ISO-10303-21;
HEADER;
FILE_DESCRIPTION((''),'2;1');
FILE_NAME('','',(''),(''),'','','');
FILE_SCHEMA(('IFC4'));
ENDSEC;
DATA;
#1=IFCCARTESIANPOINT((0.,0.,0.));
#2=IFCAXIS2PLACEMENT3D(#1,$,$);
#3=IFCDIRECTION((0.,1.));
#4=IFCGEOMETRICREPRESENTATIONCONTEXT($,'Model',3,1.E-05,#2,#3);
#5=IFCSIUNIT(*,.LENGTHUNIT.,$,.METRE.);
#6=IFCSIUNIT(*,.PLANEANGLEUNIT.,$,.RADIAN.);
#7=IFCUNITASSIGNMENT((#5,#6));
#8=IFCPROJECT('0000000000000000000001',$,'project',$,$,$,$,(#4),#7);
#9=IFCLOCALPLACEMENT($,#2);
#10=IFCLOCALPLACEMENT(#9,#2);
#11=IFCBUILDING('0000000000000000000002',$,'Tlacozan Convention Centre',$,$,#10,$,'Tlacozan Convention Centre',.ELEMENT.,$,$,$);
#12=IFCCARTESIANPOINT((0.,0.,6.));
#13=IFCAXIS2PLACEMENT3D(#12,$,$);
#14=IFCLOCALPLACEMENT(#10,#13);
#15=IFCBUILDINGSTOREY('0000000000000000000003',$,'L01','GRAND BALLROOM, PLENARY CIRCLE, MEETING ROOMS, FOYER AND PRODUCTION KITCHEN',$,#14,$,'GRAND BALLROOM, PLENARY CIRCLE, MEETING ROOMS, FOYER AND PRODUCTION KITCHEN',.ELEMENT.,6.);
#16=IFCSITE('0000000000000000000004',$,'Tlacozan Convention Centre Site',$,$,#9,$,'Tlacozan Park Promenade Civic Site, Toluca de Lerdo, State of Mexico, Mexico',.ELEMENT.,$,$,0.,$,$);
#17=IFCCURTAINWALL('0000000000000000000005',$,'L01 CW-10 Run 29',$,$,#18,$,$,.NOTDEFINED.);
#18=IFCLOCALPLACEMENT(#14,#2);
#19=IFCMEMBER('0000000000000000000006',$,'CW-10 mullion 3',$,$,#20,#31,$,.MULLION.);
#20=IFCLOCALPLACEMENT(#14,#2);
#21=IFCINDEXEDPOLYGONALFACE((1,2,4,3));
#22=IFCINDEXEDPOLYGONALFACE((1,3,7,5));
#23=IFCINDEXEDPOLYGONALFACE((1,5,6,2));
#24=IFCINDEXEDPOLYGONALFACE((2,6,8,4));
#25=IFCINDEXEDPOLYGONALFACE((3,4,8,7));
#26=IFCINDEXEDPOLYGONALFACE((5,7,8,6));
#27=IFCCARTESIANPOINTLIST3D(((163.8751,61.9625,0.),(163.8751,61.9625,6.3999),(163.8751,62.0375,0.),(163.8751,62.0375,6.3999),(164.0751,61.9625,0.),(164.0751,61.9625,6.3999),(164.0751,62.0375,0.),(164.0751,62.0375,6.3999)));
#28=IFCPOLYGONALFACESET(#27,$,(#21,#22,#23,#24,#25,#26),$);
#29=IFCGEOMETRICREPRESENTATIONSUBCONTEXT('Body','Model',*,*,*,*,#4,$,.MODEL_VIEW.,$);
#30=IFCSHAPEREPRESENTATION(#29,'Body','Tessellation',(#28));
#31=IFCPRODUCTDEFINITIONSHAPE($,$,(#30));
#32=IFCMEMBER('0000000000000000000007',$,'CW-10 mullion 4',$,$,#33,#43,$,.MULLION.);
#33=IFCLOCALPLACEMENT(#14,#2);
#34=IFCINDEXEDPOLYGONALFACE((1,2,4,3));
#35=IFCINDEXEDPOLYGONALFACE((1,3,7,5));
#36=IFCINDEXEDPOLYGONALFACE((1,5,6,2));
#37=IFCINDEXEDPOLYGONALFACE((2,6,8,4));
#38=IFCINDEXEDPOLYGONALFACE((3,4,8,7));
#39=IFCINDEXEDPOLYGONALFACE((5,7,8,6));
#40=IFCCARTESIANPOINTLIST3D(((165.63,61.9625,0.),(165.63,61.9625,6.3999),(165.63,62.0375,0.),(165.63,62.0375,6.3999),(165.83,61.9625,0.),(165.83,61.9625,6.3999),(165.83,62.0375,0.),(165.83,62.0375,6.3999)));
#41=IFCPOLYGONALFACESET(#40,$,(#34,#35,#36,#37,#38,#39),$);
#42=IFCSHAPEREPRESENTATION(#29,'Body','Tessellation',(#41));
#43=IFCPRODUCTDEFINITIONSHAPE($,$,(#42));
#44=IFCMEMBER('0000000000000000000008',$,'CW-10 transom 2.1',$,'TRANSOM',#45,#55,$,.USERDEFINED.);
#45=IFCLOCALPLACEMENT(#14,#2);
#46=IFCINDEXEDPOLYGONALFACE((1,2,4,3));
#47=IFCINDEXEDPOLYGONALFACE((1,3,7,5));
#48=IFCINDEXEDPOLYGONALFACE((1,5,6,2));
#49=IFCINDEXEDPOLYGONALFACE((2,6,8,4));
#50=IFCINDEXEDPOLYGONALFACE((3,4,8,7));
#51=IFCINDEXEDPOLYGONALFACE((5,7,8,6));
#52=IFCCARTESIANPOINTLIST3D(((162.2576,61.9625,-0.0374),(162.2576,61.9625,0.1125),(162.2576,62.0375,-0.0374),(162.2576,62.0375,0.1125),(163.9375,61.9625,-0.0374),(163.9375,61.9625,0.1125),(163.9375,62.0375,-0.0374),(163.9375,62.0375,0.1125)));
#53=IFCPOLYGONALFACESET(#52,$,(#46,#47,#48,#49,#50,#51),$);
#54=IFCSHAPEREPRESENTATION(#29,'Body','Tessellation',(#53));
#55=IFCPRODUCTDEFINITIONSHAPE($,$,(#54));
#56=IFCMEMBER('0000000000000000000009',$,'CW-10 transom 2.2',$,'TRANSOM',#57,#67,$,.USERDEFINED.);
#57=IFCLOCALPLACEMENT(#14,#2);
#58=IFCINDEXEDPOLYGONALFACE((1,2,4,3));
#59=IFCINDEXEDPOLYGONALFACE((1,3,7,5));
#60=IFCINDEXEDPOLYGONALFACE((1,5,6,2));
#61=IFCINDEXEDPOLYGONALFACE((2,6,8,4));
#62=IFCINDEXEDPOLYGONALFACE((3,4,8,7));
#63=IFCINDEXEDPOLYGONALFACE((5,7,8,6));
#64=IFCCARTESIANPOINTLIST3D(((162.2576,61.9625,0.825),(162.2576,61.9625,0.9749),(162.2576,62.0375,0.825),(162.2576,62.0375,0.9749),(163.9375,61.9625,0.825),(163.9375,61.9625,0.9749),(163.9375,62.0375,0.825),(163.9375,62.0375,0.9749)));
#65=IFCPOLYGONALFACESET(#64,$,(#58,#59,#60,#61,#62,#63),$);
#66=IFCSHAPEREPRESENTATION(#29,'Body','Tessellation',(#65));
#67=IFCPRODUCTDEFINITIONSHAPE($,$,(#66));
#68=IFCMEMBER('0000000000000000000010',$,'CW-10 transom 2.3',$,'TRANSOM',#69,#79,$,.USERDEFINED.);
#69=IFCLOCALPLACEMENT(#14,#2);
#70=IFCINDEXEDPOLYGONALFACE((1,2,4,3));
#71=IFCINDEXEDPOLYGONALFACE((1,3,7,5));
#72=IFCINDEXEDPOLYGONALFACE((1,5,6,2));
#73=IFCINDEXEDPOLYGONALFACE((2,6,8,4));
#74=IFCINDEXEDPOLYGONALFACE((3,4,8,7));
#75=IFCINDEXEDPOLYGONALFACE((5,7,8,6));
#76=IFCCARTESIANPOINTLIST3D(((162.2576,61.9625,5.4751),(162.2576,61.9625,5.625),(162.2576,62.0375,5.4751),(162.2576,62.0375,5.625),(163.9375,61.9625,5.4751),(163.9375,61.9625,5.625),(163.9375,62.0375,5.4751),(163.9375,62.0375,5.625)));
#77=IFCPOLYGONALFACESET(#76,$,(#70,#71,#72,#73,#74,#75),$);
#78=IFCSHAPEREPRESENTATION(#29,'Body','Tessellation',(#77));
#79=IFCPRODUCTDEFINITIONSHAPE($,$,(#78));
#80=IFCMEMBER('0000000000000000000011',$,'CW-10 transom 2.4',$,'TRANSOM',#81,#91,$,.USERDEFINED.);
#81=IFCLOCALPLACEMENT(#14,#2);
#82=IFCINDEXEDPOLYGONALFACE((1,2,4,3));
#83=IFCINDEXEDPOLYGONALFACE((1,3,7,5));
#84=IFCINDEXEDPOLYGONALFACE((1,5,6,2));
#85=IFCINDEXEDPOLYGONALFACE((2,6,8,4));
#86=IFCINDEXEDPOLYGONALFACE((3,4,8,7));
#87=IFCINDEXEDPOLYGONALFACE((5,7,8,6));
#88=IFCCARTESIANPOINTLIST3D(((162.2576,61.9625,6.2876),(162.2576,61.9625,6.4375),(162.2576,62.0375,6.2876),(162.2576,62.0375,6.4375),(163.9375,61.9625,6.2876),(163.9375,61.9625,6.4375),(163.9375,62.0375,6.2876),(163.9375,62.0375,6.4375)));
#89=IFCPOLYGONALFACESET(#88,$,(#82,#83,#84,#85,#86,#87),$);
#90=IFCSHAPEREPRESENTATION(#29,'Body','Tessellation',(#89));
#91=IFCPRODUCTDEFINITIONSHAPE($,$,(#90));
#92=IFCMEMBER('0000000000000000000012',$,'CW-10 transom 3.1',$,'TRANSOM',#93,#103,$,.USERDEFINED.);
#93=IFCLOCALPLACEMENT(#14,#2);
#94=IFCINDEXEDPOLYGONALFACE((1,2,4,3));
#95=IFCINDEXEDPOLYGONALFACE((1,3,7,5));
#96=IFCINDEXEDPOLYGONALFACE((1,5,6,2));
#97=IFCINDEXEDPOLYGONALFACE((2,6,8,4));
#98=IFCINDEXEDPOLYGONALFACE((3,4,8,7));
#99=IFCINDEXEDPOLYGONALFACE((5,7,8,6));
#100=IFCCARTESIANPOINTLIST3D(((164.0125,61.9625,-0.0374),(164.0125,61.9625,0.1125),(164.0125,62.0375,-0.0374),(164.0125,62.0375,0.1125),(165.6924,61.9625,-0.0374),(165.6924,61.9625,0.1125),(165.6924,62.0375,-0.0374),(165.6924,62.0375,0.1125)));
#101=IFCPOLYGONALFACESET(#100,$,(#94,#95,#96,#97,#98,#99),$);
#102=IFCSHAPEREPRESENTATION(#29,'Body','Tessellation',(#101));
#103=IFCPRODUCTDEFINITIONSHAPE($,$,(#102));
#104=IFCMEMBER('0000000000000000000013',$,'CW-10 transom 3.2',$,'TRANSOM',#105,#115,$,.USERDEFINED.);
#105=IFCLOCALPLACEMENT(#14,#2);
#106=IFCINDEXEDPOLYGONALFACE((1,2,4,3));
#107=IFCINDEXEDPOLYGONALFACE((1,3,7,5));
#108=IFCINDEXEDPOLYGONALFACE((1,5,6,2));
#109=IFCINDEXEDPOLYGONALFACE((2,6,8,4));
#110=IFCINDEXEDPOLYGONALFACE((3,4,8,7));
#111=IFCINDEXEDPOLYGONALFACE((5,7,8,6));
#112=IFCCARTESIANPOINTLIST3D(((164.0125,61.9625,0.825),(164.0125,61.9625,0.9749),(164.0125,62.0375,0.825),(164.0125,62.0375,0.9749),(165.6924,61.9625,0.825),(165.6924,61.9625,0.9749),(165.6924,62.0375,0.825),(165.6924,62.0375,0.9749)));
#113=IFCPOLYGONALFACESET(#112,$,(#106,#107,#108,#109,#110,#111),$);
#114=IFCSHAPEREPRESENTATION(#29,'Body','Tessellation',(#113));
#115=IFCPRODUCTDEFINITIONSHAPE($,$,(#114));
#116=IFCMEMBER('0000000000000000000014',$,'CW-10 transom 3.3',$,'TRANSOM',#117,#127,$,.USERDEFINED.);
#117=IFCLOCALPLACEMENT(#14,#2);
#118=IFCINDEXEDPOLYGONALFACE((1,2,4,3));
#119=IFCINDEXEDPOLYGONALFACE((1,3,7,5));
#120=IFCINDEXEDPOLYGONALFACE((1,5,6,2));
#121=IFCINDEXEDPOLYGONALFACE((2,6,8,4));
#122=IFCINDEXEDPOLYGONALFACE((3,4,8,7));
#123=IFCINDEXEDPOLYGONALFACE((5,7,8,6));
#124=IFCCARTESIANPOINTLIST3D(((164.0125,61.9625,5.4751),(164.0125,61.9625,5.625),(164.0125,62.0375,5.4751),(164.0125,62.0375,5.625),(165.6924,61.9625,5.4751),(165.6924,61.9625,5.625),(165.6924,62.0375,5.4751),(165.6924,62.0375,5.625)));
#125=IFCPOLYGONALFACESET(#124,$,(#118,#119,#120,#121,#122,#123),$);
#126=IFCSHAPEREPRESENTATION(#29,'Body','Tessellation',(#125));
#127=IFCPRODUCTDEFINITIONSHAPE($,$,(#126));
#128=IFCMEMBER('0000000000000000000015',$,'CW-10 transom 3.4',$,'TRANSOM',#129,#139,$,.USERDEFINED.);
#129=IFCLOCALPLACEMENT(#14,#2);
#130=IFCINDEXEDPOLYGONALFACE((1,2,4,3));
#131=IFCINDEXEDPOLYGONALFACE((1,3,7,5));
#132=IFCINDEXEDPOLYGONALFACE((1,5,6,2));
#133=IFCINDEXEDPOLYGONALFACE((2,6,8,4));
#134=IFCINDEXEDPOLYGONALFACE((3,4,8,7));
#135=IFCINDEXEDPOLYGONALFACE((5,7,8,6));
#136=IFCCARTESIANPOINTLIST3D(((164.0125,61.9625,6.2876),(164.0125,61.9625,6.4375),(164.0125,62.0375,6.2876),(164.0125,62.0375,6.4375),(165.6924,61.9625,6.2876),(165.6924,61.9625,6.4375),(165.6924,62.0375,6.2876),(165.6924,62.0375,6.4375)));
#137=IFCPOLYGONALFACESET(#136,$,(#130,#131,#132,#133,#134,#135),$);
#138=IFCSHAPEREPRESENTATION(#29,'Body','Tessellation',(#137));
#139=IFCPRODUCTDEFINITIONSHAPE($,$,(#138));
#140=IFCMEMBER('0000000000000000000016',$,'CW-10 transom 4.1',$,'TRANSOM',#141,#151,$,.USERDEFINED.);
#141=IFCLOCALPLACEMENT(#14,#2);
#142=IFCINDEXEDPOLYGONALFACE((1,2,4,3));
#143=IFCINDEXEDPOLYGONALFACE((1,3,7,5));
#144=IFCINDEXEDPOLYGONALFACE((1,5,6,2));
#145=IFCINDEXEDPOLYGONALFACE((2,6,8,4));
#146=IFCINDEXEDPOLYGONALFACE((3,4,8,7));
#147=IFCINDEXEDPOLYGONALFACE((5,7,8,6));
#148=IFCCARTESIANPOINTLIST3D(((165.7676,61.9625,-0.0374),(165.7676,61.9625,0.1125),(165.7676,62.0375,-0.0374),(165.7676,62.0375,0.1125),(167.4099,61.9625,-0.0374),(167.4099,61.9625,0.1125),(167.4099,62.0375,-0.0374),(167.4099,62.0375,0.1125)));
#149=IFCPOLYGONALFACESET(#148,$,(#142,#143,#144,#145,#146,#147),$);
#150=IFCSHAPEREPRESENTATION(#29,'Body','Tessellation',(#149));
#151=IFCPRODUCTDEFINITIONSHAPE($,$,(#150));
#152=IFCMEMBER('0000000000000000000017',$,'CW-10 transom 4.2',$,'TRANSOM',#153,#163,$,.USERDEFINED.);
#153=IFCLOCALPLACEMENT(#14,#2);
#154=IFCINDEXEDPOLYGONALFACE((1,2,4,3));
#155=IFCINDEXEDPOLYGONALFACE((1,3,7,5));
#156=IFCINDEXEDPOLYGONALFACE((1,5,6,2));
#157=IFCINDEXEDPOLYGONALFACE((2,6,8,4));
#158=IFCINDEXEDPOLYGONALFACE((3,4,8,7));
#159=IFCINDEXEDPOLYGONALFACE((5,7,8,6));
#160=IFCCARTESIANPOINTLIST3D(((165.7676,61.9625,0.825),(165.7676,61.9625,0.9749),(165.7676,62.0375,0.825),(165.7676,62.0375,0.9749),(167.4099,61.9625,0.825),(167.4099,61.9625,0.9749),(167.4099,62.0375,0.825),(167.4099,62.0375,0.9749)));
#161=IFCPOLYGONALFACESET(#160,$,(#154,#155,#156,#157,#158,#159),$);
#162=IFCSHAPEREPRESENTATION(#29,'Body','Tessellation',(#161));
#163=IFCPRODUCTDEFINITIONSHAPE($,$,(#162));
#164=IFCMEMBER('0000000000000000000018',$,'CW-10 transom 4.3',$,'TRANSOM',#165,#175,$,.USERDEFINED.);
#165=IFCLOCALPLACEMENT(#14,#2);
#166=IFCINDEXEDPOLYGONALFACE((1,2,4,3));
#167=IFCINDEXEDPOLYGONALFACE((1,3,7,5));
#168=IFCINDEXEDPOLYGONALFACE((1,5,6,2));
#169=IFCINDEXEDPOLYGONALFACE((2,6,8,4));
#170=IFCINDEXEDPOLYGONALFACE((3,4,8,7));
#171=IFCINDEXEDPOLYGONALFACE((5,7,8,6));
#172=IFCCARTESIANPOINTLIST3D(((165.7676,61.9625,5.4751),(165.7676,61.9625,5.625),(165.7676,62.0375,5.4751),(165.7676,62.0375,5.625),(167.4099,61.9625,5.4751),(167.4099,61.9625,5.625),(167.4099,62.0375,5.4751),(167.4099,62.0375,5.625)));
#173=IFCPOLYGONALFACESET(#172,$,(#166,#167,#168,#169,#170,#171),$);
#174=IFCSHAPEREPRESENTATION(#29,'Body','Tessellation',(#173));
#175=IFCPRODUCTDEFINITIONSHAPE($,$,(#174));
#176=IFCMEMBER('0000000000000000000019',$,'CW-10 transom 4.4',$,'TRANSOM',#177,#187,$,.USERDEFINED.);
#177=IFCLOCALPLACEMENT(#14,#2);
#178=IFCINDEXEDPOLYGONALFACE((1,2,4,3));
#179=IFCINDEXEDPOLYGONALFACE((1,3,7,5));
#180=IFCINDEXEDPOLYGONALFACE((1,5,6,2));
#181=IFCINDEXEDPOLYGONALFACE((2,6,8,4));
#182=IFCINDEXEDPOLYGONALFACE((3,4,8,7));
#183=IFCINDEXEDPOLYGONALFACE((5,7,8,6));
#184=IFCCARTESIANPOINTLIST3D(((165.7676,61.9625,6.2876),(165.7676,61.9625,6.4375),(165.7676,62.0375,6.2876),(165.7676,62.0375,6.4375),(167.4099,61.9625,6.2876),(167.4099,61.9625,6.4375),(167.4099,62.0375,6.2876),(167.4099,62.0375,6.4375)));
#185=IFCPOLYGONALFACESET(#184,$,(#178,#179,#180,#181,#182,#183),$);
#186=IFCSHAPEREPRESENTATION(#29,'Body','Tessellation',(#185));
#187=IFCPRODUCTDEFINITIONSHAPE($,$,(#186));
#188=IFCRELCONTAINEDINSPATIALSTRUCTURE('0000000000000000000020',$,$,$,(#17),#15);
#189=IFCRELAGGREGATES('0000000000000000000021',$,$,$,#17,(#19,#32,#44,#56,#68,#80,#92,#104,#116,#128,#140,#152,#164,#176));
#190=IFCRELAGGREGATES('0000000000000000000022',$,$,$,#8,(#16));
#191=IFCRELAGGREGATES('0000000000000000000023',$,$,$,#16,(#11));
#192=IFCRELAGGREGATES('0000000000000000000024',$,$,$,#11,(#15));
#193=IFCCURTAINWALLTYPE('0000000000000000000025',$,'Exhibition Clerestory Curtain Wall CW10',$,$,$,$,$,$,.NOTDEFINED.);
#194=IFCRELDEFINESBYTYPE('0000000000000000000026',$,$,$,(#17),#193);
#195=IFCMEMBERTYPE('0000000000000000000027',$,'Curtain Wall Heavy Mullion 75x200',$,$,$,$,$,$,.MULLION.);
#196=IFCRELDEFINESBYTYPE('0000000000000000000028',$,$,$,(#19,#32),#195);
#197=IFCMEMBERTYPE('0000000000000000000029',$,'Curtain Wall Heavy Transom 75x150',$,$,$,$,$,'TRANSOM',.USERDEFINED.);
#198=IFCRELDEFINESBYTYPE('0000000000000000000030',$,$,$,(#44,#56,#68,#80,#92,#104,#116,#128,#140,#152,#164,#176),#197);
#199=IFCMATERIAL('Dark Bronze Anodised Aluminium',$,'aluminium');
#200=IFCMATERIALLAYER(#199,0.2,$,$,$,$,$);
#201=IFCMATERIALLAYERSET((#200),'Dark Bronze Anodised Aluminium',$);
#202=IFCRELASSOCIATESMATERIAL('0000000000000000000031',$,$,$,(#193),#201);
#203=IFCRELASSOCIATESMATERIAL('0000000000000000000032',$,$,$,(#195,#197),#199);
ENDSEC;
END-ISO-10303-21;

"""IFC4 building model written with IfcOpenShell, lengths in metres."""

from ifc_helpers import new_model, si_unit, direction, frame, origin, origin_2d, place, context, subcontext, project, spatial, rectangle, extrude, material, layer, layer_set, material_profile, profile_set, type_object, element, aggregate, save


model = new_model("IFC4")

# Units and contexts
model_context = context("Model", 3, precision=1e-05, world=origin(), true_north=direction((0.0, 1.0)))
body_context = subcontext(model_context, "Body", "Model", "MODEL_VIEW")
ifc_project = project(units=[si_unit("LENGTHUNIT", "METRE"), si_unit("PLANEANGLEUNIT", "RADIAN")], contexts=[model_context])

# Site, building, storey
site_placement = place(None, origin())
site = spatial("IfcSite", under=ifc_project, at=site_placement, Name="Tlacozan Convention Centre Site", LongName="Tlacozan Park Promenade Civic Site, Toluca de Lerdo, State of Mexico, Mexico", CompositionType="ELEMENT", RefElevation=0.0)
building_placement = place(site_placement, origin())
building = spatial("IfcBuilding", under=site, at=building_placement, Name="Tlacozan Convention Centre", LongName="Tlacozan Convention Centre", CompositionType="ELEMENT")
storey_placement = place(building_placement, frame((0.0, 0.0, 6.0)))
storey = spatial("IfcBuildingStorey", under=building, at=storey_placement, Name="L01", Description="GRAND BALLROOM, PLENARY CIRCLE, MEETING ROOMS, FOYER AND PRODUCTION KITCHEN", LongName="GRAND BALLROOM, PLENARY CIRCLE, MEETING ROOMS, FOYER AND PRODUCTION KITCHEN", CompositionType="ELEMENT", Elevation=6.0)

# Curtain wall, members
ifc_material_1 = material(Name="Dark Bronze Anodised Aluminium", Category="aluminium")
ifc_layer_1 = layer(ifc_material_1, 0.2)
ifc_layer_set_1 = layer_set([ifc_layer_1], Name="Dark Bronze Anodised Aluminium")
curtain_wall_type = type_object("IfcCurtainWallType", Name="Exhibition Clerestory Curtain Wall CW10", PredefinedType="NOTDEFINED", material=ifc_layer_set_1)
curtain_wall_placement = place(storey_placement, origin())
curtain_wall = element("IfcCurtainWall", 1, at=curtain_wall_placement, inside=storey, type_object=curtain_wall_type, Name="L01 CW-10 Run 29", PredefinedType="NOTDEFINED")
ifc_material_profile_1 = material_profile(ifc_material_1, rectangle(XDim=0.075, YDim=0.2, at=origin_2d()), Name="ALU 75x200")
ifc_profile_set_1 = profile_set([ifc_material_profile_1], Name="Dark Bronze Anodised Aluminium")
member_type_1 = type_object("IfcMemberType", Name="Curtain Wall Heavy Mullion 75x200", PredefinedType="MULLION", material=ifc_profile_set_1)
member_1_placement = place(storey_placement, frame((163.9751, 62.0, 0.0), z_axis=(0.0, 0.0, 1.0), x_axis=(0.0, 1.0, 0.0)))
member_1 = element("IfcMember", 2, at=member_1_placement, type_object=member_type_1, Name="CW-10 mullion 3", PredefinedType="MULLION", context=body_context, shape_type="SweptSolid", body=[
    extrude(rectangle(XDim=0.075, YDim=0.2, at=origin_2d()), origin(), (0.0, 0.0, 1.0), 6.3999),
])
member_2_placement = place(storey_placement, frame((165.73, 62.0, 0.0), z_axis=(0.0, 0.0, 1.0), x_axis=(0.0, 1.0, 0.0)))
member_2 = element("IfcMember", 3, at=member_2_placement, type_object=member_type_1, Name="CW-10 mullion 4", PredefinedType="MULLION", context=body_context, shape_type="SweptSolid", body=[
    extrude(rectangle(XDim=0.075, YDim=0.2, at=origin_2d()), origin(), (0.0, 0.0, 1.0), 6.3999),
])
ifc_material_profile_2 = material_profile(ifc_material_1, rectangle(XDim=0.075, YDim=0.1499, at=origin_2d()), Name="ALU 75x150")
ifc_profile_set_2 = profile_set([ifc_material_profile_2], Name="Dark Bronze Anodised Aluminium")
member_type_2 = type_object("IfcMemberType", Name="Curtain Wall Heavy Transom 75x150", ElementType="TRANSOM", PredefinedType="USERDEFINED", material=ifc_profile_set_2)
member_3_placement = place(storey_placement, frame((162.2576, 62.0, 0.0376), z_axis=(1.0, 0.0, 0.0), x_axis=(0.0, 1.0, 0.0)))
member_3 = element("IfcMember", 4, at=member_3_placement, type_object=member_type_2, Name="CW-10 transom 2.1", ObjectType="TRANSOM", PredefinedType="USERDEFINED", context=body_context, shape_type="SweptSolid", body=[
    extrude(rectangle(XDim=0.075, YDim=0.1499, at=origin_2d()), origin(), (0.0, 0.0, 1.0), 1.6799),
])
member_4_placement = place(storey_placement, frame((162.2576, 62.0, 0.8999), z_axis=(1.0, 0.0, 0.0), x_axis=(0.0, 1.0, 0.0)))
member_4 = element("IfcMember", 5, at=member_4_placement, type_object=member_type_2, Name="CW-10 transom 2.2", ObjectType="TRANSOM", PredefinedType="USERDEFINED", context=body_context, shape_type="SweptSolid", body=[
    extrude(rectangle(XDim=0.075, YDim=0.1499, at=origin_2d()), origin(), (0.0, 0.0, 1.0), 1.6799),
])
member_5_placement = place(storey_placement, frame((162.2576, 62.0, 5.55), z_axis=(1.0, 0.0, 0.0), x_axis=(0.0, 1.0, 0.0)))
member_5 = element("IfcMember", 6, at=member_5_placement, type_object=member_type_2, Name="CW-10 transom 2.3", ObjectType="TRANSOM", PredefinedType="USERDEFINED", context=body_context, shape_type="SweptSolid", body=[
    extrude(rectangle(XDim=0.075, YDim=0.1499, at=origin_2d()), origin(), (0.0, 0.0, 1.0), 1.6799),
])
member_6_placement = place(storey_placement, frame((162.2576, 62.0, 6.3625), z_axis=(1.0, 0.0, 0.0), x_axis=(0.0, 1.0, 0.0)))
member_6 = element("IfcMember", 7, at=member_6_placement, type_object=member_type_2, Name="CW-10 transom 2.4", ObjectType="TRANSOM", PredefinedType="USERDEFINED", context=body_context, shape_type="SweptSolid", body=[
    extrude(rectangle(XDim=0.075, YDim=0.1499, at=origin_2d()), origin(), (0.0, 0.0, 1.0), 1.6799),
])
member_7_placement = place(storey_placement, frame((164.0125, 62.0, 0.0376), z_axis=(1.0, 0.0, 0.0), x_axis=(0.0, 1.0, 0.0)))
member_7 = element("IfcMember", 8, at=member_7_placement, type_object=member_type_2, Name="CW-10 transom 3.1", ObjectType="TRANSOM", PredefinedType="USERDEFINED", context=body_context, shape_type="SweptSolid", body=[
    extrude(rectangle(XDim=0.075, YDim=0.1499, at=origin_2d()), origin(), (0.0, 0.0, 1.0), 1.6799),
])
member_8_placement = place(storey_placement, frame((164.0125, 62.0, 0.8999), z_axis=(1.0, 0.0, 0.0), x_axis=(0.0, 1.0, 0.0)))
member_8 = element("IfcMember", 9, at=member_8_placement, type_object=member_type_2, Name="CW-10 transom 3.2", ObjectType="TRANSOM", PredefinedType="USERDEFINED", context=body_context, shape_type="SweptSolid", body=[
    extrude(rectangle(XDim=0.075, YDim=0.1499, at=origin_2d()), origin(), (0.0, 0.0, 1.0), 1.6799),
])
member_9_placement = place(storey_placement, frame((164.0125, 62.0, 5.55), z_axis=(1.0, 0.0, 0.0), x_axis=(0.0, 1.0, 0.0)))
member_9 = element("IfcMember", 10, at=member_9_placement, type_object=member_type_2, Name="CW-10 transom 3.3", ObjectType="TRANSOM", PredefinedType="USERDEFINED", context=body_context, shape_type="SweptSolid", body=[
    extrude(rectangle(XDim=0.075, YDim=0.1499, at=origin_2d()), origin(), (0.0, 0.0, 1.0), 1.6799),
])
member_10_placement = place(storey_placement, frame((164.0125, 62.0, 6.3625), z_axis=(1.0, 0.0, 0.0), x_axis=(0.0, 1.0, 0.0)))
member_10 = element("IfcMember", 11, at=member_10_placement, type_object=member_type_2, Name="CW-10 transom 3.4", ObjectType="TRANSOM", PredefinedType="USERDEFINED", context=body_context, shape_type="SweptSolid", body=[
    extrude(rectangle(XDim=0.075, YDim=0.1499, at=origin_2d()), origin(), (0.0, 0.0, 1.0), 1.6799),
])
member_11_placement = place(storey_placement, frame((165.7676, 62.0, 0.0376), z_axis=(1.0, 0.0, 0.0), x_axis=(0.0, 1.0, 0.0)))
member_11 = element("IfcMember", 12, at=member_11_placement, type_object=member_type_2, Name="CW-10 transom 4.1", ObjectType="TRANSOM", PredefinedType="USERDEFINED", context=body_context, shape_type="SweptSolid", body=[
    extrude(rectangle(XDim=0.075, YDim=0.1499, at=origin_2d()), origin(), (0.0, 0.0, 1.0), 1.6423),
])
member_12_placement = place(storey_placement, frame((165.7676, 62.0, 0.8999), z_axis=(1.0, 0.0, 0.0), x_axis=(0.0, 1.0, 0.0)))
member_12 = element("IfcMember", 13, at=member_12_placement, type_object=member_type_2, Name="CW-10 transom 4.2", ObjectType="TRANSOM", PredefinedType="USERDEFINED", context=body_context, shape_type="SweptSolid", body=[
    extrude(rectangle(XDim=0.075, YDim=0.1499, at=origin_2d()), origin(), (0.0, 0.0, 1.0), 1.6423),
])
member_13_placement = place(storey_placement, frame((165.7676, 62.0, 5.55), z_axis=(1.0, 0.0, 0.0), x_axis=(0.0, 1.0, 0.0)))
member_13 = element("IfcMember", 14, at=member_13_placement, type_object=member_type_2, Name="CW-10 transom 4.3", ObjectType="TRANSOM", PredefinedType="USERDEFINED", context=body_context, shape_type="SweptSolid", body=[
    extrude(rectangle(XDim=0.075, YDim=0.1499, at=origin_2d()), origin(), (0.0, 0.0, 1.0), 1.6423),
])
member_14_placement = place(storey_placement, frame((165.7676, 62.0, 6.3625), z_axis=(1.0, 0.0, 0.0), x_axis=(0.0, 1.0, 0.0)))
member_14 = element("IfcMember", 15, at=member_14_placement, type_object=member_type_2, Name="CW-10 transom 4.4", ObjectType="TRANSOM", PredefinedType="USERDEFINED", context=body_context, shape_type="SweptSolid", body=[
    extrude(rectangle(XDim=0.075, YDim=0.1499, at=origin_2d()), origin(), (0.0, 0.0, 1.0), 1.6423),
])
aggregate(curtain_wall, [member_1, member_2, member_3, member_4, member_5, member_6, member_7, member_8, member_9, member_10, member_11, member_12, member_13, member_14])

save(model, "model.ifc")
